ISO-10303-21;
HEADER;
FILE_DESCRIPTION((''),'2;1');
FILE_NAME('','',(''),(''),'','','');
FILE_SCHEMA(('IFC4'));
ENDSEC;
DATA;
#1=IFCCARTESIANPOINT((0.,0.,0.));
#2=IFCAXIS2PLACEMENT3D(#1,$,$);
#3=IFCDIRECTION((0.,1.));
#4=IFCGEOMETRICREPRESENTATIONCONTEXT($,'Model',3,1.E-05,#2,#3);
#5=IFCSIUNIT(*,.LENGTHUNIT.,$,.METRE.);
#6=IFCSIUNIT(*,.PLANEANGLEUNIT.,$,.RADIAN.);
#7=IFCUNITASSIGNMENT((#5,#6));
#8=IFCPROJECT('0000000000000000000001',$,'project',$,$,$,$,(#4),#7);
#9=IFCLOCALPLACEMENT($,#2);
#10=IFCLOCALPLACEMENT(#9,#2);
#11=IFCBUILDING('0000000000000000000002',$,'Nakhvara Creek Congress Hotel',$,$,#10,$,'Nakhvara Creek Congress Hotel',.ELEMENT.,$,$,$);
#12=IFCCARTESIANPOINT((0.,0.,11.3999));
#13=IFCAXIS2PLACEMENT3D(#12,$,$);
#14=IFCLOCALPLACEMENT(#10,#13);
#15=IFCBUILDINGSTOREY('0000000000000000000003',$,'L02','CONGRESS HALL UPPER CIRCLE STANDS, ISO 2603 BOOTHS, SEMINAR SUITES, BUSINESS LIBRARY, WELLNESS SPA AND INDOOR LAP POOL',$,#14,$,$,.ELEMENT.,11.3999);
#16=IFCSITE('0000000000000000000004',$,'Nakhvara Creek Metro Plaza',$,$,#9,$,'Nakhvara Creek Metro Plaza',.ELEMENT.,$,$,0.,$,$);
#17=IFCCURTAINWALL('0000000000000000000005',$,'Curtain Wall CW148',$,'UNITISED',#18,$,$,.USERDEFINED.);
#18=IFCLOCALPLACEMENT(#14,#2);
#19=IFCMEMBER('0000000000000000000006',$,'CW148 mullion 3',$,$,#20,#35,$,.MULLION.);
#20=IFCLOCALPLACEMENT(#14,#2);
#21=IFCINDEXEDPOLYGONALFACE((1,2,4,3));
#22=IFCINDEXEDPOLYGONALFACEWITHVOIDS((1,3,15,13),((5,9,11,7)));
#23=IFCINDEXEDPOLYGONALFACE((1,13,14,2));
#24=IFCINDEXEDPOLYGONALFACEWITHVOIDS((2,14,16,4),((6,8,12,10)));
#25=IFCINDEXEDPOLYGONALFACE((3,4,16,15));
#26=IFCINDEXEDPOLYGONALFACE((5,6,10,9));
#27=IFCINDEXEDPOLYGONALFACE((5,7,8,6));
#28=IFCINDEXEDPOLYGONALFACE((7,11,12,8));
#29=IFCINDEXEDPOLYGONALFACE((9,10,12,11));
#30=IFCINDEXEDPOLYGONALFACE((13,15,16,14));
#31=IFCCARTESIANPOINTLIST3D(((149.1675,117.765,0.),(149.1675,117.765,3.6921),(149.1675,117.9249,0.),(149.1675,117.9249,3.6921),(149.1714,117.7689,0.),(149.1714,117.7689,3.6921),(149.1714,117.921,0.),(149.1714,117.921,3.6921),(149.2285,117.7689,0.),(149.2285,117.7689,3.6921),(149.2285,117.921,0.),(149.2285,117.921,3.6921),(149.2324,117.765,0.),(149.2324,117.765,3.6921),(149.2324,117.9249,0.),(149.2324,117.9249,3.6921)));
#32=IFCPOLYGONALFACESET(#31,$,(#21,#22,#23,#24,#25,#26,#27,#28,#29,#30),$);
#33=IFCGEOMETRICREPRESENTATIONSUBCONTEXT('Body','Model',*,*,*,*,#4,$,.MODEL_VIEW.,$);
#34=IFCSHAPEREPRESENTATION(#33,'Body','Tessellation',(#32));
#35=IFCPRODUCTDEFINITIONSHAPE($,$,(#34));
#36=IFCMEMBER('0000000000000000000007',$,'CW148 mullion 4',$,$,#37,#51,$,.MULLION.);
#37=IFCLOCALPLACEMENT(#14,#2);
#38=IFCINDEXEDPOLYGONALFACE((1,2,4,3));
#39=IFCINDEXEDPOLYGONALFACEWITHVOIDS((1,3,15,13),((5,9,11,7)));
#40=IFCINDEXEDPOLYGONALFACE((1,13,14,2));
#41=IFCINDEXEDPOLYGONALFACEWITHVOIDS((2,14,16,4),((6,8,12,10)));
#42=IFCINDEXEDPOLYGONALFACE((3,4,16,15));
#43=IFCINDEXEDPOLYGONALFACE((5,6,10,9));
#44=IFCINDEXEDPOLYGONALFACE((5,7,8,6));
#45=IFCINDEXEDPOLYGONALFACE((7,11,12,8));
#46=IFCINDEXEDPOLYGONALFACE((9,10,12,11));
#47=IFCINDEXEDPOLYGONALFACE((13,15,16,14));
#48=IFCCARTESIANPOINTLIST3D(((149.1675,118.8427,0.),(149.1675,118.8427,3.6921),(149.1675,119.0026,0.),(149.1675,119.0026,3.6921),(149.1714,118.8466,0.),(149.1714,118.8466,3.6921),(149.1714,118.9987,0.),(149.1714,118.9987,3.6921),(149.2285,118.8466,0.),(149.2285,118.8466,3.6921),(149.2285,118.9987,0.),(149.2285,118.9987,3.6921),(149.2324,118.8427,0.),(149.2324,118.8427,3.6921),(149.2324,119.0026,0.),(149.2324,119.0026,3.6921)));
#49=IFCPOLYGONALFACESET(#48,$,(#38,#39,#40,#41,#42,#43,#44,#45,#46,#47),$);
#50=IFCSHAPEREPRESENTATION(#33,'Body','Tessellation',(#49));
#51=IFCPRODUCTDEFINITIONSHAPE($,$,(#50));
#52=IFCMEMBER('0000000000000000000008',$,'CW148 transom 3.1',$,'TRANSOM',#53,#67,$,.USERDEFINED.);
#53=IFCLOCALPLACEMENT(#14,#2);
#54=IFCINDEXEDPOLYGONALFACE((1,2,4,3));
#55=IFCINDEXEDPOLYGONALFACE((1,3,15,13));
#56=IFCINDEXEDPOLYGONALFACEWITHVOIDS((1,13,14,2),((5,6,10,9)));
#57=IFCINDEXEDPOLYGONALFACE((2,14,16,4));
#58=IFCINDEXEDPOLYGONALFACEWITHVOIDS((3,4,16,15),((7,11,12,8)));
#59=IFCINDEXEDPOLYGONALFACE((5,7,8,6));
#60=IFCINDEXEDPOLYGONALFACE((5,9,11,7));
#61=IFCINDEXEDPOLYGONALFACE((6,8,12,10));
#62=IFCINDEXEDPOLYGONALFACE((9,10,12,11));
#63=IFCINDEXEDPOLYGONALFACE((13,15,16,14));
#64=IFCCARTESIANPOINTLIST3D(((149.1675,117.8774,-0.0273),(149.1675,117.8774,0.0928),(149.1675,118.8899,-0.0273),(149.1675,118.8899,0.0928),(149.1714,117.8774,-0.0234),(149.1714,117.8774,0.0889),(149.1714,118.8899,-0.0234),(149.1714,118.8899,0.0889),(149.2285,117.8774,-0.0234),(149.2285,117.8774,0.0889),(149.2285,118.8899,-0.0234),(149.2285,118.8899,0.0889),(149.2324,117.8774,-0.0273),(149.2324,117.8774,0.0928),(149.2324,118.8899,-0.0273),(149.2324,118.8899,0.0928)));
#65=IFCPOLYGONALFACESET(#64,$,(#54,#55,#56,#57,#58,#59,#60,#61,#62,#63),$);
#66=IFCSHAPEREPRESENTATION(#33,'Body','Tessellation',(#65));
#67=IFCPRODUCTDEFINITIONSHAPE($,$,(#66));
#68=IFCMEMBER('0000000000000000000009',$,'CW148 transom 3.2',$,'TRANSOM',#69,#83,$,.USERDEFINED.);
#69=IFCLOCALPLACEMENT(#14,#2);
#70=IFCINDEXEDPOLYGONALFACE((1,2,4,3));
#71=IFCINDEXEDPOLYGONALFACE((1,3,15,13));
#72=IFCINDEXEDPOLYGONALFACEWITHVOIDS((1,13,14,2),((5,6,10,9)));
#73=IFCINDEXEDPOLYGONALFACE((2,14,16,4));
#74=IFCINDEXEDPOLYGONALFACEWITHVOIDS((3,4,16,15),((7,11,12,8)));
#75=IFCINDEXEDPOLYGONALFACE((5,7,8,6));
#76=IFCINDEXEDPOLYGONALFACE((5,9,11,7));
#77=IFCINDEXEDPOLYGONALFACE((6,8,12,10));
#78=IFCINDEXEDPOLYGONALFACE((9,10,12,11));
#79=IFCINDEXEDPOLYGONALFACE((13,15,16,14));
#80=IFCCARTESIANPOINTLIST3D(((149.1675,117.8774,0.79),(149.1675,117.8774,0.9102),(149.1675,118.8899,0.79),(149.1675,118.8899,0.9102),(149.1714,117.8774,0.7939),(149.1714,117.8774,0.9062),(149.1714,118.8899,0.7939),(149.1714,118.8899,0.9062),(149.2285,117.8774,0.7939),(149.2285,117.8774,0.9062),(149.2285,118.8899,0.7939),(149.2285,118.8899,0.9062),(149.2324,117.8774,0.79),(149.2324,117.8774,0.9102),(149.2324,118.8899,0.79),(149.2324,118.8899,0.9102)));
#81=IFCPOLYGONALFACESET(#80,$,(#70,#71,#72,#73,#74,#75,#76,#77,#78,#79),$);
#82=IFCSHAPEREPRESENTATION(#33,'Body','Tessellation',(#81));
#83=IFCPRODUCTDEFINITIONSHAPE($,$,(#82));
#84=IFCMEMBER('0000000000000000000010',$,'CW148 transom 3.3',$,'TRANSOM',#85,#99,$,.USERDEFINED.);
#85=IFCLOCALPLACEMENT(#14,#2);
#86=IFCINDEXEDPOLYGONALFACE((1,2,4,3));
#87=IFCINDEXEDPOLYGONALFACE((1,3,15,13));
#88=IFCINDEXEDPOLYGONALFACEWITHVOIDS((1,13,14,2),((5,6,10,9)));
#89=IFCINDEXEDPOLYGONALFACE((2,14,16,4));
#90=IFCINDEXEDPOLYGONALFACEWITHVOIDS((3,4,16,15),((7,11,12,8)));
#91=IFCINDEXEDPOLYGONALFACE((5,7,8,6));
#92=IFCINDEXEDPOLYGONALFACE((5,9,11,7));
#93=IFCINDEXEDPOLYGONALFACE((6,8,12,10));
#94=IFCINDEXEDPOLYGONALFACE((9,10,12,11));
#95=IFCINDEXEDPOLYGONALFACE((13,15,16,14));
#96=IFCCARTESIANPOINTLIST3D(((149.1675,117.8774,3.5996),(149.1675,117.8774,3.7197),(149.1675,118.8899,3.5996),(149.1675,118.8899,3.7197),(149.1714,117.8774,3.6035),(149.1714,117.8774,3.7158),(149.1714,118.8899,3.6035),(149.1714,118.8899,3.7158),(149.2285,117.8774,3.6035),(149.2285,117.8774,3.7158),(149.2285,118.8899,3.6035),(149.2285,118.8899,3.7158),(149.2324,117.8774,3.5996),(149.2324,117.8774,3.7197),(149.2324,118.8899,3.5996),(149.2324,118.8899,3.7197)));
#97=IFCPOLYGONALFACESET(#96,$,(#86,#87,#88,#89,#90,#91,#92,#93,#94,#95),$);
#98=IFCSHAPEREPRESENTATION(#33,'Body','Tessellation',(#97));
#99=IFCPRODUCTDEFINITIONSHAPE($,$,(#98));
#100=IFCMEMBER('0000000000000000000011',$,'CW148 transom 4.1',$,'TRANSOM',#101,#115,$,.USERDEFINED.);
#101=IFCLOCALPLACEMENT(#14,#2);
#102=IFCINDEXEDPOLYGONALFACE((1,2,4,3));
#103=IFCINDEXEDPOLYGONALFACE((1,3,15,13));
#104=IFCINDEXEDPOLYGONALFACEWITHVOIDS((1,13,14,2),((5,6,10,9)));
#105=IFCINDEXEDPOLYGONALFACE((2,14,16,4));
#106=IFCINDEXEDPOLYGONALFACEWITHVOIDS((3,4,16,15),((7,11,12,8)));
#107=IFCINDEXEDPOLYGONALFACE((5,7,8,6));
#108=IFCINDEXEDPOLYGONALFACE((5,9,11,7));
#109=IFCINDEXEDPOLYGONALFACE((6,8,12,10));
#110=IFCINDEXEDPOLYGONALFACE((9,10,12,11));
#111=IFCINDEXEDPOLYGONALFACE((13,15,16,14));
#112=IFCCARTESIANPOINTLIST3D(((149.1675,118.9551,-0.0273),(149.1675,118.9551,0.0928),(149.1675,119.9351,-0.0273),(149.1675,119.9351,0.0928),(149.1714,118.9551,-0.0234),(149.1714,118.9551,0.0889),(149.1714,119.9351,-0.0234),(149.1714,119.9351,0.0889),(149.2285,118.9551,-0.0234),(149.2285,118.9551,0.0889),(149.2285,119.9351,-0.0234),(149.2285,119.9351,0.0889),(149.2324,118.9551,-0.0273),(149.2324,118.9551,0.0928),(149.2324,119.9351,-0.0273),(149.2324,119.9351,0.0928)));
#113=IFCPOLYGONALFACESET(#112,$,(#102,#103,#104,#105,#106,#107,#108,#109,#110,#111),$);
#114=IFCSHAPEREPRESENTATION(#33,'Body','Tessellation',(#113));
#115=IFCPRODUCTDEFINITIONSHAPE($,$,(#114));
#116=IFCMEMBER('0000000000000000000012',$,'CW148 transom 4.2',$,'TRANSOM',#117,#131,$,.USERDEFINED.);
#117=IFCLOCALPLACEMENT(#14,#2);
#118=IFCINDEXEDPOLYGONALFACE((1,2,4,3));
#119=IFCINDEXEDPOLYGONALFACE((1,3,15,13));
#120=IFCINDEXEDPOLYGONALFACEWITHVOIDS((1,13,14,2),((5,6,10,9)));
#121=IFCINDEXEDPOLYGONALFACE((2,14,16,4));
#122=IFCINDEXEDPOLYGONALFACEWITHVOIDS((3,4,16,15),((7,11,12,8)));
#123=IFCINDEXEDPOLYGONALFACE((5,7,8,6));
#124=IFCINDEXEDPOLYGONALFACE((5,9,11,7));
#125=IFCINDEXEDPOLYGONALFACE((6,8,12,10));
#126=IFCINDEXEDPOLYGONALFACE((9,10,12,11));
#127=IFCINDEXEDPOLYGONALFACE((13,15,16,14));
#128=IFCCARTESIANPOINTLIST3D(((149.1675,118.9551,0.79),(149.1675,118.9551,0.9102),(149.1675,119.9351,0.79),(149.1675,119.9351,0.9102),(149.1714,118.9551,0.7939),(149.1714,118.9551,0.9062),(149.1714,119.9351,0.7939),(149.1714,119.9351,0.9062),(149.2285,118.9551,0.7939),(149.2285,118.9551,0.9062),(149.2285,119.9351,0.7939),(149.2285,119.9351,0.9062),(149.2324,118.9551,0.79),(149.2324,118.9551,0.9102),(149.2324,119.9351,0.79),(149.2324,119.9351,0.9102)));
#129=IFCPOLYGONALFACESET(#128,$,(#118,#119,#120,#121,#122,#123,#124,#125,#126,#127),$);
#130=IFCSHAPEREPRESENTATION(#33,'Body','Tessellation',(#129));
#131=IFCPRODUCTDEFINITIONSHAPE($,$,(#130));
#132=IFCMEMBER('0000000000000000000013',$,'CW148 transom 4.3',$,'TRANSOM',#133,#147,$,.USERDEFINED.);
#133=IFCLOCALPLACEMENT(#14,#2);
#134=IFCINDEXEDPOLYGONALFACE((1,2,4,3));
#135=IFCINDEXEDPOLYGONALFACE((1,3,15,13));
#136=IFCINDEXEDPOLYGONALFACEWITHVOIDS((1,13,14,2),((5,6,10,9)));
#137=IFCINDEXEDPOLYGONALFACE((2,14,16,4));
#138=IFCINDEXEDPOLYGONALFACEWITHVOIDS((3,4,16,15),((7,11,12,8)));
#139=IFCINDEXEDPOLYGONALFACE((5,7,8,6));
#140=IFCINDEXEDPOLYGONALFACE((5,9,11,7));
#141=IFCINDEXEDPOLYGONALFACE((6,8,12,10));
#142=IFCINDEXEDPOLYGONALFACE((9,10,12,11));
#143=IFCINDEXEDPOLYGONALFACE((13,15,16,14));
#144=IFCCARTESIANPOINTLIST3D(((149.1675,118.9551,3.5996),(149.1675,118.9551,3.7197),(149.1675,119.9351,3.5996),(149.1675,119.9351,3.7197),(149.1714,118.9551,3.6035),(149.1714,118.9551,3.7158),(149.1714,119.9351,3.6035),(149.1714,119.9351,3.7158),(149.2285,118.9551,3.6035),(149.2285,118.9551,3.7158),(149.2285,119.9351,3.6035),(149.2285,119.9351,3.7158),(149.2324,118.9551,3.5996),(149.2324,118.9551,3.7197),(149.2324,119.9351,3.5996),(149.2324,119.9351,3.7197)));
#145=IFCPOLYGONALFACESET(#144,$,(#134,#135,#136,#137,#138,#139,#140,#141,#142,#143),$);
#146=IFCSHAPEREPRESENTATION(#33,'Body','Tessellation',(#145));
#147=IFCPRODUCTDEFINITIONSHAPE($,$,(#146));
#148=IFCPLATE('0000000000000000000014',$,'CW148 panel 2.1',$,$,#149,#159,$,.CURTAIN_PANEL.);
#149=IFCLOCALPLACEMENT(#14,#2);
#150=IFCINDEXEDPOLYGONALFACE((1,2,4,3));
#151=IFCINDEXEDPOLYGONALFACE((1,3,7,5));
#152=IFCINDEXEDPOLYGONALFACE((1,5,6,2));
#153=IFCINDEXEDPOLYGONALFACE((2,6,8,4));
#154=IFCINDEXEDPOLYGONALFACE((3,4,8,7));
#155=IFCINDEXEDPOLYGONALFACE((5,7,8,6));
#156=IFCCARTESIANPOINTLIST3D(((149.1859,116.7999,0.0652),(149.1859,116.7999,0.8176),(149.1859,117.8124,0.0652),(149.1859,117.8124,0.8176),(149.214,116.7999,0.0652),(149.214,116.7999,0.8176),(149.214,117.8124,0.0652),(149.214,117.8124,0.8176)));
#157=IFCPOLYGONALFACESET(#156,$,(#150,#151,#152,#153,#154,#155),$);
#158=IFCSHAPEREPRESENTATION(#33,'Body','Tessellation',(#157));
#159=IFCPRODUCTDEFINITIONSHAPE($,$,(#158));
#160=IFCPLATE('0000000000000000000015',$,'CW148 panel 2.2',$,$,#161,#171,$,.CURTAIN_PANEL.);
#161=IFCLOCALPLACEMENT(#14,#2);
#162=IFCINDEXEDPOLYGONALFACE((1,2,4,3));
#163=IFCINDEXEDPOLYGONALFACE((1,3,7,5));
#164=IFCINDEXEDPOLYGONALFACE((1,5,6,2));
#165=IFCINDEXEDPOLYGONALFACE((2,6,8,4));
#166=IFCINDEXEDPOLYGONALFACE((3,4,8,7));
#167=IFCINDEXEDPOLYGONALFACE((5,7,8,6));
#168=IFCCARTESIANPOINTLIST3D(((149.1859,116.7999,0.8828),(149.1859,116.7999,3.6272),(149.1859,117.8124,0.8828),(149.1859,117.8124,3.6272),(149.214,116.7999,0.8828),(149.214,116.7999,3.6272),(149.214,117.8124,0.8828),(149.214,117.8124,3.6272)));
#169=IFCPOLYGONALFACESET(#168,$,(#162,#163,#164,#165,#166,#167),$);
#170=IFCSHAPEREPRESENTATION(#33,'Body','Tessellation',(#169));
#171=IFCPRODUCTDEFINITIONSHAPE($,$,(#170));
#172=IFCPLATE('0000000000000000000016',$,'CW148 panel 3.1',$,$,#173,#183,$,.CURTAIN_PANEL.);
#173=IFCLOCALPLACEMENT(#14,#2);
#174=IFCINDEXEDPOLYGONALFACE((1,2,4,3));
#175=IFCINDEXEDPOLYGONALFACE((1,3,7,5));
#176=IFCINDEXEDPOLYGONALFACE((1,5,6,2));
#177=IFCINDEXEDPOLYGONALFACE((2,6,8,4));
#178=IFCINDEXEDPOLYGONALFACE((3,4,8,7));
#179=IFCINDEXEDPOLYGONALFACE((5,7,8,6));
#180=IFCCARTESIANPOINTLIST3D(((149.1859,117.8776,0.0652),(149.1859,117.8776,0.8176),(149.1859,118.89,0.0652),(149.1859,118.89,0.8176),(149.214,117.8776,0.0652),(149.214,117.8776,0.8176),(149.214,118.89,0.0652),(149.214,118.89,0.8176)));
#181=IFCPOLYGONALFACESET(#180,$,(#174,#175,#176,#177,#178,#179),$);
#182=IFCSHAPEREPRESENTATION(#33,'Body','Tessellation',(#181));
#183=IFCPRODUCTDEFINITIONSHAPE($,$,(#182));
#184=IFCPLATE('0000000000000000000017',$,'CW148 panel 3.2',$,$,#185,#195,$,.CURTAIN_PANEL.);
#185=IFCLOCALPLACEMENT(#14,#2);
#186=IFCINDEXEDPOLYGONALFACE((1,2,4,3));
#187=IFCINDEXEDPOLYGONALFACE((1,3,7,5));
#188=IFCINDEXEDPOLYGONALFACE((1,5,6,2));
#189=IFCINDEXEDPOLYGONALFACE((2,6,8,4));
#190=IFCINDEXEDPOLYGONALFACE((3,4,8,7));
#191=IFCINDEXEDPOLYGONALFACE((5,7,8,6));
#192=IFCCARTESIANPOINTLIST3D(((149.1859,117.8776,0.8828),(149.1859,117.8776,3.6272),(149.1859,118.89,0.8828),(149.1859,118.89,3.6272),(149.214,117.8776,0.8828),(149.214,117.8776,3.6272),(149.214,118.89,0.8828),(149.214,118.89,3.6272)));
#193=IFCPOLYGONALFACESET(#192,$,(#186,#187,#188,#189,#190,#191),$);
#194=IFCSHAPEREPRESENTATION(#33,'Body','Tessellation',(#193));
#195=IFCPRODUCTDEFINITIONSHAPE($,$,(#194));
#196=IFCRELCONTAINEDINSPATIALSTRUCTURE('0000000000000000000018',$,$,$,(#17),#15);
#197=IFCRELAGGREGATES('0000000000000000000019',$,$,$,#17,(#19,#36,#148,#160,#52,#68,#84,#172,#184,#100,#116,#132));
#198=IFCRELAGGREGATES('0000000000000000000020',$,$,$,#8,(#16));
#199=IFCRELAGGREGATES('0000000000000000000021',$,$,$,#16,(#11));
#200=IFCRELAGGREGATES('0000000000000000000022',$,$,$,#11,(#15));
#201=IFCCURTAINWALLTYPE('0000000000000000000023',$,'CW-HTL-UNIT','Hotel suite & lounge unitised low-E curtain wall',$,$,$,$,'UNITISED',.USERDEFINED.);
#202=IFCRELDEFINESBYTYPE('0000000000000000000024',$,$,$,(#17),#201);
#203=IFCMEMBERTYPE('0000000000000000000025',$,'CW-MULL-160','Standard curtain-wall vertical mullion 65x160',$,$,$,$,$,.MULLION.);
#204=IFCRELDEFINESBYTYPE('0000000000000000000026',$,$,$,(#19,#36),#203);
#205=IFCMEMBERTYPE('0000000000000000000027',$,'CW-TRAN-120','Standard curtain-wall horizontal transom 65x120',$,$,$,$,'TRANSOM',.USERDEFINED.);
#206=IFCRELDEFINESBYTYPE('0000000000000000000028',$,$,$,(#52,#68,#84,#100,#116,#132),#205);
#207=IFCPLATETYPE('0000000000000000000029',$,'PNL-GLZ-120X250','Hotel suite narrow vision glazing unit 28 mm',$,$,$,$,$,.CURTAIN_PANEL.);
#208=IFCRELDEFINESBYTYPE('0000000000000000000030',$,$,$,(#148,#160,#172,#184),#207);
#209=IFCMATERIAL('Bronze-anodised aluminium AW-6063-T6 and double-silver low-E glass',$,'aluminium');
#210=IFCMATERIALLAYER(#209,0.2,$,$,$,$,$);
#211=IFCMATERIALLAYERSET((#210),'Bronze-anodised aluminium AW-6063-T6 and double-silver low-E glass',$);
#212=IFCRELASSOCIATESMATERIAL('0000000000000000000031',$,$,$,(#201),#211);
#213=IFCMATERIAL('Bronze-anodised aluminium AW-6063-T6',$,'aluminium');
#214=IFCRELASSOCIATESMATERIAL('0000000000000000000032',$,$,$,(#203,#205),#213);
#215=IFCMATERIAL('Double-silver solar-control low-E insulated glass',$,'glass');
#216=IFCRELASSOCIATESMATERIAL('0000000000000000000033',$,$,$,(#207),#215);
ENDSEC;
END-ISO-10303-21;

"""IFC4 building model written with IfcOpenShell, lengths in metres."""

from ifc_helpers import new_model, si_unit, direction, frame, origin, origin_2d, place, context, subcontext, project, spatial, rectangle, hollow_rectangle, extrude, material, layer, layer_set, material_profile, profile_set, type_object, element, aggregate, save


model = new_model("IFC4")

# Units and contexts
model_context = context("Model", 3, precision=1e-05, world=origin(), true_north=direction((0.0, 1.0)))
body_context = subcontext(model_context, "Body", "Model", "MODEL_VIEW")
ifc_project = project(units=[si_unit("LENGTHUNIT", "METRE"), si_unit("PLANEANGLEUNIT", "RADIAN")], contexts=[model_context])

# Site, building, storey
site_placement = place(None, origin())
site = spatial("IfcSite", under=ifc_project, at=site_placement, Name="Nakhvara Creek Metro Plaza", LongName="Nakhvara Creek Metro Plaza", CompositionType="ELEMENT", RefElevation=0.0)
building_placement = place(site_placement, origin())
building = spatial("IfcBuilding", under=site, at=building_placement, Name="Nakhvara Creek Congress Hotel", LongName="Nakhvara Creek Congress Hotel", CompositionType="ELEMENT")
storey_placement = place(building_placement, frame((0.0, 0.0, 11.3999)))
storey = spatial("IfcBuildingStorey", under=building, at=storey_placement, Name="L02", Description="CONGRESS HALL UPPER CIRCLE STANDS, ISO 2603 BOOTHS, SEMINAR SUITES, BUSINESS LIBRARY, WELLNESS SPA AND INDOOR LAP POOL", CompositionType="ELEMENT", Elevation=11.3999)

# Curtain wall, members, plates
ifc_material_1 = material(Name="Bronze-anodised aluminium AW-6063-T6 and double-silver low-E glass", Category="aluminium")
ifc_layer_1 = layer(ifc_material_1, 0.2)
ifc_layer_set_1 = layer_set([ifc_layer_1], Name="Bronze-anodised aluminium AW-6063-T6 and double-silver low-E glass")
curtain_wall_type = type_object("IfcCurtainWallType", Name="CW-HTL-UNIT", Description="Hotel suite & lounge unitised low-E curtain wall", ElementType="UNITISED", PredefinedType="USERDEFINED", material=ifc_layer_set_1)
curtain_wall_placement = place(storey_placement, origin())
curtain_wall = element("IfcCurtainWall", 1, at=curtain_wall_placement, inside=storey, type_object=curtain_wall_type, Name="Curtain Wall CW148", ObjectType="UNITISED", PredefinedType="USERDEFINED")
ifc_material_2 = material(Name="Bronze-anodised aluminium AW-6063-T6", Category="aluminium")
ifc_material_profile_1 = material_profile(ifc_material_2, hollow_rectangle(XDim=0.0649, YDim=0.1599, WallThickness=0.0039, at=origin_2d()), Name="ALU-MULL 65x160x4", Category="LoadBearing")
ifc_profile_set_1 = profile_set([ifc_material_profile_1], Name="Bronze-anodised aluminium AW-6063-T6")
member_type_1 = type_object("IfcMemberType", Name="CW-MULL-160", Description="Standard curtain-wall vertical mullion 65x160", PredefinedType="MULLION", material=ifc_profile_set_1)
member_1_placement = place(storey_placement, frame((149.2, 117.845, 0.0), z_axis=(0.0, 0.0, 1.0), x_axis=(-1.0, 0.0, 0.0)))
member_1 = element("IfcMember", 2, at=member_1_placement, type_object=member_type_1, Name="CW148 mullion 3", PredefinedType="MULLION", context=body_context, shape_type="SweptSolid", body=[
    extrude(hollow_rectangle(XDim=0.0649, YDim=0.1599, WallThickness=0.0039, at=origin_2d()), origin(), (0.0, 0.0, 1.0), 3.6921),
])
member_2_placement = place(storey_placement, frame((149.2, 118.9226, 0.0), z_axis=(0.0, 0.0, 1.0), x_axis=(-1.0, 0.0, 0.0)))
member_2 = element("IfcMember", 3, at=member_2_placement, type_object=member_type_1, Name="CW148 mullion 4", PredefinedType="MULLION", context=body_context, shape_type="SweptSolid", body=[
    extrude(hollow_rectangle(XDim=0.0649, YDim=0.1599, WallThickness=0.0039, at=origin_2d()), origin(), (0.0, 0.0, 1.0), 3.6921),
])
ifc_material_profile_2 = material_profile(ifc_material_2, hollow_rectangle(XDim=0.0649, YDim=0.1201, WallThickness=0.0039, at=origin_2d()), Name="ALU-TRAN 65x120x4", Category="LoadBearing")
ifc_profile_set_2 = profile_set([ifc_material_profile_2], Name="Bronze-anodised aluminium AW-6063-T6")
member_type_2 = type_object("IfcMemberType", Name="CW-TRAN-120", Description="Standard curtain-wall horizontal transom 65x120", ElementType="TRANSOM", PredefinedType="USERDEFINED", material=ifc_profile_set_2)
member_3_placement = place(storey_placement, frame((149.2, 117.8774, 0.0327), z_axis=(0.0, 1.0, 0.0), x_axis=(-1.0, 0.0, 0.0)))
member_3 = element("IfcMember", 4, at=member_3_placement, type_object=member_type_2, Name="CW148 transom 3.1", ObjectType="TRANSOM", PredefinedType="USERDEFINED", context=body_context, shape_type="SweptSolid", body=[
    extrude(hollow_rectangle(XDim=0.0649, YDim=0.1201, WallThickness=0.0039, at=origin_2d()), origin(), (0.0, 0.0, 1.0), 1.0125),
])
member_4_placement = place(storey_placement, frame((149.2, 117.8774, 0.8501), z_axis=(0.0, 1.0, 0.0), x_axis=(-1.0, 0.0, 0.0)))
member_4 = element("IfcMember", 5, at=member_4_placement, type_object=member_type_2, Name="CW148 transom 3.2", ObjectType="TRANSOM", PredefinedType="USERDEFINED", context=body_context, shape_type="SweptSolid", body=[
    extrude(hollow_rectangle(XDim=0.0649, YDim=0.1201, WallThickness=0.0039, at=origin_2d()), origin(), (0.0, 0.0, 1.0), 1.0125),
])
member_5_placement = place(storey_placement, frame((149.2, 117.8774, 3.6597), z_axis=(0.0, 1.0, 0.0), x_axis=(-1.0, 0.0, 0.0)))
member_5 = element("IfcMember", 6, at=member_5_placement, type_object=member_type_2, Name="CW148 transom 3.3", ObjectType="TRANSOM", PredefinedType="USERDEFINED", context=body_context, shape_type="SweptSolid", body=[
    extrude(hollow_rectangle(XDim=0.0649, YDim=0.1201, WallThickness=0.0039, at=origin_2d()), origin(), (0.0, 0.0, 1.0), 1.0125),
])
member_6_placement = place(storey_placement, frame((149.2, 118.9551, 0.0327), z_axis=(0.0, 1.0, 0.0), x_axis=(-1.0, 0.0, 0.0)))
member_6 = element("IfcMember", 7, at=member_6_placement, type_object=member_type_2, Name="CW148 transom 4.1", ObjectType="TRANSOM", PredefinedType="USERDEFINED", context=body_context, shape_type="SweptSolid", body=[
    extrude(hollow_rectangle(XDim=0.0649, YDim=0.1201, WallThickness=0.0039, at=origin_2d()), origin(), (0.0, 0.0, 1.0), 0.98),
])
member_7_placement = place(storey_placement, frame((149.2, 118.9551, 0.8501), z_axis=(0.0, 1.0, 0.0), x_axis=(-1.0, 0.0, 0.0)))
member_7 = element("IfcMember", 8, at=member_7_placement, type_object=member_type_2, Name="CW148 transom 4.2", ObjectType="TRANSOM", PredefinedType="USERDEFINED", context=body_context, shape_type="SweptSolid", body=[
    extrude(hollow_rectangle(XDim=0.0649, YDim=0.1201, WallThickness=0.0039, at=origin_2d()), origin(), (0.0, 0.0, 1.0), 0.98),
])
member_8_placement = place(storey_placement, frame((149.2, 118.9551, 3.6597), z_axis=(0.0, 1.0, 0.0), x_axis=(-1.0, 0.0, 0.0)))
member_8 = element("IfcMember", 9, at=member_8_placement, type_object=member_type_2, Name="CW148 transom 4.3", ObjectType="TRANSOM", PredefinedType="USERDEFINED", context=body_context, shape_type="SweptSolid", body=[
    extrude(hollow_rectangle(XDim=0.0649, YDim=0.1201, WallThickness=0.0039, at=origin_2d()), origin(), (0.0, 0.0, 1.0), 0.98),
])
ifc_material_3 = material(Name="Double-silver solar-control low-E insulated glass", Category="glass")
plate_type = type_object("IfcPlateType", Name="PNL-GLZ-120X250", Description="Hotel suite narrow vision glazing unit 28 mm", PredefinedType="CURTAIN_PANEL", material=ifc_material_3)
plate_1_placement = place(storey_placement, frame((149.2, 117.3062, 0.0652), z_axis=(0.0, 0.0, 1.0), x_axis=(0.0, 1.0, 0.0)))
plate_1 = element("IfcPlate", 10, at=plate_1_placement, type_object=plate_type, Name="CW148 panel 2.1", PredefinedType="CURTAIN_PANEL", context=body_context, shape_type="SweptSolid", body=[
    extrude(rectangle(XDim=1.0125, YDim=0.0281, at=origin_2d()), origin(), (0.0, 0.0, 1.0), 0.7524),
])
plate_2_placement = place(storey_placement, frame((149.2, 117.3062, 0.8828), z_axis=(0.0, 0.0, 1.0), x_axis=(0.0, 1.0, 0.0)))
plate_2 = element("IfcPlate", 11, at=plate_2_placement, type_object=plate_type, Name="CW148 panel 2.2", PredefinedType="CURTAIN_PANEL", context=body_context, shape_type="SweptSolid", body=[
    extrude(rectangle(XDim=1.0125, YDim=0.0281, at=origin_2d()), origin(), (0.0, 0.0, 1.0), 2.7444),
])
plate_3_placement = place(storey_placement, frame((149.2, 118.3838, 0.0652), z_axis=(0.0, 0.0, 1.0), x_axis=(0.0, 1.0, 0.0)))
plate_3 = element("IfcPlate", 12, at=plate_3_placement, type_object=plate_type, Name="CW148 panel 3.1", PredefinedType="CURTAIN_PANEL", context=body_context, shape_type="SweptSolid", body=[
    extrude(rectangle(XDim=1.0125, YDim=0.0281, at=origin_2d()), origin(), (0.0, 0.0, 1.0), 0.7524),
])
plate_4_placement = place(storey_placement, frame((149.2, 118.3838, 0.8828), z_axis=(0.0, 0.0, 1.0), x_axis=(0.0, 1.0, 0.0)))
plate_4 = element("IfcPlate", 13, at=plate_4_placement, type_object=plate_type, Name="CW148 panel 3.2", PredefinedType="CURTAIN_PANEL", context=body_context, shape_type="SweptSolid", body=[
    extrude(rectangle(XDim=1.0125, YDim=0.0281, at=origin_2d()), origin(), (0.0, 0.0, 1.0), 2.7444),
])
aggregate(curtain_wall, [member_1, member_2, plate_1, plate_2, member_3, member_4, member_5, plate_3, plate_4, member_6, member_7, member_8])

save(model, "model.ifc")
